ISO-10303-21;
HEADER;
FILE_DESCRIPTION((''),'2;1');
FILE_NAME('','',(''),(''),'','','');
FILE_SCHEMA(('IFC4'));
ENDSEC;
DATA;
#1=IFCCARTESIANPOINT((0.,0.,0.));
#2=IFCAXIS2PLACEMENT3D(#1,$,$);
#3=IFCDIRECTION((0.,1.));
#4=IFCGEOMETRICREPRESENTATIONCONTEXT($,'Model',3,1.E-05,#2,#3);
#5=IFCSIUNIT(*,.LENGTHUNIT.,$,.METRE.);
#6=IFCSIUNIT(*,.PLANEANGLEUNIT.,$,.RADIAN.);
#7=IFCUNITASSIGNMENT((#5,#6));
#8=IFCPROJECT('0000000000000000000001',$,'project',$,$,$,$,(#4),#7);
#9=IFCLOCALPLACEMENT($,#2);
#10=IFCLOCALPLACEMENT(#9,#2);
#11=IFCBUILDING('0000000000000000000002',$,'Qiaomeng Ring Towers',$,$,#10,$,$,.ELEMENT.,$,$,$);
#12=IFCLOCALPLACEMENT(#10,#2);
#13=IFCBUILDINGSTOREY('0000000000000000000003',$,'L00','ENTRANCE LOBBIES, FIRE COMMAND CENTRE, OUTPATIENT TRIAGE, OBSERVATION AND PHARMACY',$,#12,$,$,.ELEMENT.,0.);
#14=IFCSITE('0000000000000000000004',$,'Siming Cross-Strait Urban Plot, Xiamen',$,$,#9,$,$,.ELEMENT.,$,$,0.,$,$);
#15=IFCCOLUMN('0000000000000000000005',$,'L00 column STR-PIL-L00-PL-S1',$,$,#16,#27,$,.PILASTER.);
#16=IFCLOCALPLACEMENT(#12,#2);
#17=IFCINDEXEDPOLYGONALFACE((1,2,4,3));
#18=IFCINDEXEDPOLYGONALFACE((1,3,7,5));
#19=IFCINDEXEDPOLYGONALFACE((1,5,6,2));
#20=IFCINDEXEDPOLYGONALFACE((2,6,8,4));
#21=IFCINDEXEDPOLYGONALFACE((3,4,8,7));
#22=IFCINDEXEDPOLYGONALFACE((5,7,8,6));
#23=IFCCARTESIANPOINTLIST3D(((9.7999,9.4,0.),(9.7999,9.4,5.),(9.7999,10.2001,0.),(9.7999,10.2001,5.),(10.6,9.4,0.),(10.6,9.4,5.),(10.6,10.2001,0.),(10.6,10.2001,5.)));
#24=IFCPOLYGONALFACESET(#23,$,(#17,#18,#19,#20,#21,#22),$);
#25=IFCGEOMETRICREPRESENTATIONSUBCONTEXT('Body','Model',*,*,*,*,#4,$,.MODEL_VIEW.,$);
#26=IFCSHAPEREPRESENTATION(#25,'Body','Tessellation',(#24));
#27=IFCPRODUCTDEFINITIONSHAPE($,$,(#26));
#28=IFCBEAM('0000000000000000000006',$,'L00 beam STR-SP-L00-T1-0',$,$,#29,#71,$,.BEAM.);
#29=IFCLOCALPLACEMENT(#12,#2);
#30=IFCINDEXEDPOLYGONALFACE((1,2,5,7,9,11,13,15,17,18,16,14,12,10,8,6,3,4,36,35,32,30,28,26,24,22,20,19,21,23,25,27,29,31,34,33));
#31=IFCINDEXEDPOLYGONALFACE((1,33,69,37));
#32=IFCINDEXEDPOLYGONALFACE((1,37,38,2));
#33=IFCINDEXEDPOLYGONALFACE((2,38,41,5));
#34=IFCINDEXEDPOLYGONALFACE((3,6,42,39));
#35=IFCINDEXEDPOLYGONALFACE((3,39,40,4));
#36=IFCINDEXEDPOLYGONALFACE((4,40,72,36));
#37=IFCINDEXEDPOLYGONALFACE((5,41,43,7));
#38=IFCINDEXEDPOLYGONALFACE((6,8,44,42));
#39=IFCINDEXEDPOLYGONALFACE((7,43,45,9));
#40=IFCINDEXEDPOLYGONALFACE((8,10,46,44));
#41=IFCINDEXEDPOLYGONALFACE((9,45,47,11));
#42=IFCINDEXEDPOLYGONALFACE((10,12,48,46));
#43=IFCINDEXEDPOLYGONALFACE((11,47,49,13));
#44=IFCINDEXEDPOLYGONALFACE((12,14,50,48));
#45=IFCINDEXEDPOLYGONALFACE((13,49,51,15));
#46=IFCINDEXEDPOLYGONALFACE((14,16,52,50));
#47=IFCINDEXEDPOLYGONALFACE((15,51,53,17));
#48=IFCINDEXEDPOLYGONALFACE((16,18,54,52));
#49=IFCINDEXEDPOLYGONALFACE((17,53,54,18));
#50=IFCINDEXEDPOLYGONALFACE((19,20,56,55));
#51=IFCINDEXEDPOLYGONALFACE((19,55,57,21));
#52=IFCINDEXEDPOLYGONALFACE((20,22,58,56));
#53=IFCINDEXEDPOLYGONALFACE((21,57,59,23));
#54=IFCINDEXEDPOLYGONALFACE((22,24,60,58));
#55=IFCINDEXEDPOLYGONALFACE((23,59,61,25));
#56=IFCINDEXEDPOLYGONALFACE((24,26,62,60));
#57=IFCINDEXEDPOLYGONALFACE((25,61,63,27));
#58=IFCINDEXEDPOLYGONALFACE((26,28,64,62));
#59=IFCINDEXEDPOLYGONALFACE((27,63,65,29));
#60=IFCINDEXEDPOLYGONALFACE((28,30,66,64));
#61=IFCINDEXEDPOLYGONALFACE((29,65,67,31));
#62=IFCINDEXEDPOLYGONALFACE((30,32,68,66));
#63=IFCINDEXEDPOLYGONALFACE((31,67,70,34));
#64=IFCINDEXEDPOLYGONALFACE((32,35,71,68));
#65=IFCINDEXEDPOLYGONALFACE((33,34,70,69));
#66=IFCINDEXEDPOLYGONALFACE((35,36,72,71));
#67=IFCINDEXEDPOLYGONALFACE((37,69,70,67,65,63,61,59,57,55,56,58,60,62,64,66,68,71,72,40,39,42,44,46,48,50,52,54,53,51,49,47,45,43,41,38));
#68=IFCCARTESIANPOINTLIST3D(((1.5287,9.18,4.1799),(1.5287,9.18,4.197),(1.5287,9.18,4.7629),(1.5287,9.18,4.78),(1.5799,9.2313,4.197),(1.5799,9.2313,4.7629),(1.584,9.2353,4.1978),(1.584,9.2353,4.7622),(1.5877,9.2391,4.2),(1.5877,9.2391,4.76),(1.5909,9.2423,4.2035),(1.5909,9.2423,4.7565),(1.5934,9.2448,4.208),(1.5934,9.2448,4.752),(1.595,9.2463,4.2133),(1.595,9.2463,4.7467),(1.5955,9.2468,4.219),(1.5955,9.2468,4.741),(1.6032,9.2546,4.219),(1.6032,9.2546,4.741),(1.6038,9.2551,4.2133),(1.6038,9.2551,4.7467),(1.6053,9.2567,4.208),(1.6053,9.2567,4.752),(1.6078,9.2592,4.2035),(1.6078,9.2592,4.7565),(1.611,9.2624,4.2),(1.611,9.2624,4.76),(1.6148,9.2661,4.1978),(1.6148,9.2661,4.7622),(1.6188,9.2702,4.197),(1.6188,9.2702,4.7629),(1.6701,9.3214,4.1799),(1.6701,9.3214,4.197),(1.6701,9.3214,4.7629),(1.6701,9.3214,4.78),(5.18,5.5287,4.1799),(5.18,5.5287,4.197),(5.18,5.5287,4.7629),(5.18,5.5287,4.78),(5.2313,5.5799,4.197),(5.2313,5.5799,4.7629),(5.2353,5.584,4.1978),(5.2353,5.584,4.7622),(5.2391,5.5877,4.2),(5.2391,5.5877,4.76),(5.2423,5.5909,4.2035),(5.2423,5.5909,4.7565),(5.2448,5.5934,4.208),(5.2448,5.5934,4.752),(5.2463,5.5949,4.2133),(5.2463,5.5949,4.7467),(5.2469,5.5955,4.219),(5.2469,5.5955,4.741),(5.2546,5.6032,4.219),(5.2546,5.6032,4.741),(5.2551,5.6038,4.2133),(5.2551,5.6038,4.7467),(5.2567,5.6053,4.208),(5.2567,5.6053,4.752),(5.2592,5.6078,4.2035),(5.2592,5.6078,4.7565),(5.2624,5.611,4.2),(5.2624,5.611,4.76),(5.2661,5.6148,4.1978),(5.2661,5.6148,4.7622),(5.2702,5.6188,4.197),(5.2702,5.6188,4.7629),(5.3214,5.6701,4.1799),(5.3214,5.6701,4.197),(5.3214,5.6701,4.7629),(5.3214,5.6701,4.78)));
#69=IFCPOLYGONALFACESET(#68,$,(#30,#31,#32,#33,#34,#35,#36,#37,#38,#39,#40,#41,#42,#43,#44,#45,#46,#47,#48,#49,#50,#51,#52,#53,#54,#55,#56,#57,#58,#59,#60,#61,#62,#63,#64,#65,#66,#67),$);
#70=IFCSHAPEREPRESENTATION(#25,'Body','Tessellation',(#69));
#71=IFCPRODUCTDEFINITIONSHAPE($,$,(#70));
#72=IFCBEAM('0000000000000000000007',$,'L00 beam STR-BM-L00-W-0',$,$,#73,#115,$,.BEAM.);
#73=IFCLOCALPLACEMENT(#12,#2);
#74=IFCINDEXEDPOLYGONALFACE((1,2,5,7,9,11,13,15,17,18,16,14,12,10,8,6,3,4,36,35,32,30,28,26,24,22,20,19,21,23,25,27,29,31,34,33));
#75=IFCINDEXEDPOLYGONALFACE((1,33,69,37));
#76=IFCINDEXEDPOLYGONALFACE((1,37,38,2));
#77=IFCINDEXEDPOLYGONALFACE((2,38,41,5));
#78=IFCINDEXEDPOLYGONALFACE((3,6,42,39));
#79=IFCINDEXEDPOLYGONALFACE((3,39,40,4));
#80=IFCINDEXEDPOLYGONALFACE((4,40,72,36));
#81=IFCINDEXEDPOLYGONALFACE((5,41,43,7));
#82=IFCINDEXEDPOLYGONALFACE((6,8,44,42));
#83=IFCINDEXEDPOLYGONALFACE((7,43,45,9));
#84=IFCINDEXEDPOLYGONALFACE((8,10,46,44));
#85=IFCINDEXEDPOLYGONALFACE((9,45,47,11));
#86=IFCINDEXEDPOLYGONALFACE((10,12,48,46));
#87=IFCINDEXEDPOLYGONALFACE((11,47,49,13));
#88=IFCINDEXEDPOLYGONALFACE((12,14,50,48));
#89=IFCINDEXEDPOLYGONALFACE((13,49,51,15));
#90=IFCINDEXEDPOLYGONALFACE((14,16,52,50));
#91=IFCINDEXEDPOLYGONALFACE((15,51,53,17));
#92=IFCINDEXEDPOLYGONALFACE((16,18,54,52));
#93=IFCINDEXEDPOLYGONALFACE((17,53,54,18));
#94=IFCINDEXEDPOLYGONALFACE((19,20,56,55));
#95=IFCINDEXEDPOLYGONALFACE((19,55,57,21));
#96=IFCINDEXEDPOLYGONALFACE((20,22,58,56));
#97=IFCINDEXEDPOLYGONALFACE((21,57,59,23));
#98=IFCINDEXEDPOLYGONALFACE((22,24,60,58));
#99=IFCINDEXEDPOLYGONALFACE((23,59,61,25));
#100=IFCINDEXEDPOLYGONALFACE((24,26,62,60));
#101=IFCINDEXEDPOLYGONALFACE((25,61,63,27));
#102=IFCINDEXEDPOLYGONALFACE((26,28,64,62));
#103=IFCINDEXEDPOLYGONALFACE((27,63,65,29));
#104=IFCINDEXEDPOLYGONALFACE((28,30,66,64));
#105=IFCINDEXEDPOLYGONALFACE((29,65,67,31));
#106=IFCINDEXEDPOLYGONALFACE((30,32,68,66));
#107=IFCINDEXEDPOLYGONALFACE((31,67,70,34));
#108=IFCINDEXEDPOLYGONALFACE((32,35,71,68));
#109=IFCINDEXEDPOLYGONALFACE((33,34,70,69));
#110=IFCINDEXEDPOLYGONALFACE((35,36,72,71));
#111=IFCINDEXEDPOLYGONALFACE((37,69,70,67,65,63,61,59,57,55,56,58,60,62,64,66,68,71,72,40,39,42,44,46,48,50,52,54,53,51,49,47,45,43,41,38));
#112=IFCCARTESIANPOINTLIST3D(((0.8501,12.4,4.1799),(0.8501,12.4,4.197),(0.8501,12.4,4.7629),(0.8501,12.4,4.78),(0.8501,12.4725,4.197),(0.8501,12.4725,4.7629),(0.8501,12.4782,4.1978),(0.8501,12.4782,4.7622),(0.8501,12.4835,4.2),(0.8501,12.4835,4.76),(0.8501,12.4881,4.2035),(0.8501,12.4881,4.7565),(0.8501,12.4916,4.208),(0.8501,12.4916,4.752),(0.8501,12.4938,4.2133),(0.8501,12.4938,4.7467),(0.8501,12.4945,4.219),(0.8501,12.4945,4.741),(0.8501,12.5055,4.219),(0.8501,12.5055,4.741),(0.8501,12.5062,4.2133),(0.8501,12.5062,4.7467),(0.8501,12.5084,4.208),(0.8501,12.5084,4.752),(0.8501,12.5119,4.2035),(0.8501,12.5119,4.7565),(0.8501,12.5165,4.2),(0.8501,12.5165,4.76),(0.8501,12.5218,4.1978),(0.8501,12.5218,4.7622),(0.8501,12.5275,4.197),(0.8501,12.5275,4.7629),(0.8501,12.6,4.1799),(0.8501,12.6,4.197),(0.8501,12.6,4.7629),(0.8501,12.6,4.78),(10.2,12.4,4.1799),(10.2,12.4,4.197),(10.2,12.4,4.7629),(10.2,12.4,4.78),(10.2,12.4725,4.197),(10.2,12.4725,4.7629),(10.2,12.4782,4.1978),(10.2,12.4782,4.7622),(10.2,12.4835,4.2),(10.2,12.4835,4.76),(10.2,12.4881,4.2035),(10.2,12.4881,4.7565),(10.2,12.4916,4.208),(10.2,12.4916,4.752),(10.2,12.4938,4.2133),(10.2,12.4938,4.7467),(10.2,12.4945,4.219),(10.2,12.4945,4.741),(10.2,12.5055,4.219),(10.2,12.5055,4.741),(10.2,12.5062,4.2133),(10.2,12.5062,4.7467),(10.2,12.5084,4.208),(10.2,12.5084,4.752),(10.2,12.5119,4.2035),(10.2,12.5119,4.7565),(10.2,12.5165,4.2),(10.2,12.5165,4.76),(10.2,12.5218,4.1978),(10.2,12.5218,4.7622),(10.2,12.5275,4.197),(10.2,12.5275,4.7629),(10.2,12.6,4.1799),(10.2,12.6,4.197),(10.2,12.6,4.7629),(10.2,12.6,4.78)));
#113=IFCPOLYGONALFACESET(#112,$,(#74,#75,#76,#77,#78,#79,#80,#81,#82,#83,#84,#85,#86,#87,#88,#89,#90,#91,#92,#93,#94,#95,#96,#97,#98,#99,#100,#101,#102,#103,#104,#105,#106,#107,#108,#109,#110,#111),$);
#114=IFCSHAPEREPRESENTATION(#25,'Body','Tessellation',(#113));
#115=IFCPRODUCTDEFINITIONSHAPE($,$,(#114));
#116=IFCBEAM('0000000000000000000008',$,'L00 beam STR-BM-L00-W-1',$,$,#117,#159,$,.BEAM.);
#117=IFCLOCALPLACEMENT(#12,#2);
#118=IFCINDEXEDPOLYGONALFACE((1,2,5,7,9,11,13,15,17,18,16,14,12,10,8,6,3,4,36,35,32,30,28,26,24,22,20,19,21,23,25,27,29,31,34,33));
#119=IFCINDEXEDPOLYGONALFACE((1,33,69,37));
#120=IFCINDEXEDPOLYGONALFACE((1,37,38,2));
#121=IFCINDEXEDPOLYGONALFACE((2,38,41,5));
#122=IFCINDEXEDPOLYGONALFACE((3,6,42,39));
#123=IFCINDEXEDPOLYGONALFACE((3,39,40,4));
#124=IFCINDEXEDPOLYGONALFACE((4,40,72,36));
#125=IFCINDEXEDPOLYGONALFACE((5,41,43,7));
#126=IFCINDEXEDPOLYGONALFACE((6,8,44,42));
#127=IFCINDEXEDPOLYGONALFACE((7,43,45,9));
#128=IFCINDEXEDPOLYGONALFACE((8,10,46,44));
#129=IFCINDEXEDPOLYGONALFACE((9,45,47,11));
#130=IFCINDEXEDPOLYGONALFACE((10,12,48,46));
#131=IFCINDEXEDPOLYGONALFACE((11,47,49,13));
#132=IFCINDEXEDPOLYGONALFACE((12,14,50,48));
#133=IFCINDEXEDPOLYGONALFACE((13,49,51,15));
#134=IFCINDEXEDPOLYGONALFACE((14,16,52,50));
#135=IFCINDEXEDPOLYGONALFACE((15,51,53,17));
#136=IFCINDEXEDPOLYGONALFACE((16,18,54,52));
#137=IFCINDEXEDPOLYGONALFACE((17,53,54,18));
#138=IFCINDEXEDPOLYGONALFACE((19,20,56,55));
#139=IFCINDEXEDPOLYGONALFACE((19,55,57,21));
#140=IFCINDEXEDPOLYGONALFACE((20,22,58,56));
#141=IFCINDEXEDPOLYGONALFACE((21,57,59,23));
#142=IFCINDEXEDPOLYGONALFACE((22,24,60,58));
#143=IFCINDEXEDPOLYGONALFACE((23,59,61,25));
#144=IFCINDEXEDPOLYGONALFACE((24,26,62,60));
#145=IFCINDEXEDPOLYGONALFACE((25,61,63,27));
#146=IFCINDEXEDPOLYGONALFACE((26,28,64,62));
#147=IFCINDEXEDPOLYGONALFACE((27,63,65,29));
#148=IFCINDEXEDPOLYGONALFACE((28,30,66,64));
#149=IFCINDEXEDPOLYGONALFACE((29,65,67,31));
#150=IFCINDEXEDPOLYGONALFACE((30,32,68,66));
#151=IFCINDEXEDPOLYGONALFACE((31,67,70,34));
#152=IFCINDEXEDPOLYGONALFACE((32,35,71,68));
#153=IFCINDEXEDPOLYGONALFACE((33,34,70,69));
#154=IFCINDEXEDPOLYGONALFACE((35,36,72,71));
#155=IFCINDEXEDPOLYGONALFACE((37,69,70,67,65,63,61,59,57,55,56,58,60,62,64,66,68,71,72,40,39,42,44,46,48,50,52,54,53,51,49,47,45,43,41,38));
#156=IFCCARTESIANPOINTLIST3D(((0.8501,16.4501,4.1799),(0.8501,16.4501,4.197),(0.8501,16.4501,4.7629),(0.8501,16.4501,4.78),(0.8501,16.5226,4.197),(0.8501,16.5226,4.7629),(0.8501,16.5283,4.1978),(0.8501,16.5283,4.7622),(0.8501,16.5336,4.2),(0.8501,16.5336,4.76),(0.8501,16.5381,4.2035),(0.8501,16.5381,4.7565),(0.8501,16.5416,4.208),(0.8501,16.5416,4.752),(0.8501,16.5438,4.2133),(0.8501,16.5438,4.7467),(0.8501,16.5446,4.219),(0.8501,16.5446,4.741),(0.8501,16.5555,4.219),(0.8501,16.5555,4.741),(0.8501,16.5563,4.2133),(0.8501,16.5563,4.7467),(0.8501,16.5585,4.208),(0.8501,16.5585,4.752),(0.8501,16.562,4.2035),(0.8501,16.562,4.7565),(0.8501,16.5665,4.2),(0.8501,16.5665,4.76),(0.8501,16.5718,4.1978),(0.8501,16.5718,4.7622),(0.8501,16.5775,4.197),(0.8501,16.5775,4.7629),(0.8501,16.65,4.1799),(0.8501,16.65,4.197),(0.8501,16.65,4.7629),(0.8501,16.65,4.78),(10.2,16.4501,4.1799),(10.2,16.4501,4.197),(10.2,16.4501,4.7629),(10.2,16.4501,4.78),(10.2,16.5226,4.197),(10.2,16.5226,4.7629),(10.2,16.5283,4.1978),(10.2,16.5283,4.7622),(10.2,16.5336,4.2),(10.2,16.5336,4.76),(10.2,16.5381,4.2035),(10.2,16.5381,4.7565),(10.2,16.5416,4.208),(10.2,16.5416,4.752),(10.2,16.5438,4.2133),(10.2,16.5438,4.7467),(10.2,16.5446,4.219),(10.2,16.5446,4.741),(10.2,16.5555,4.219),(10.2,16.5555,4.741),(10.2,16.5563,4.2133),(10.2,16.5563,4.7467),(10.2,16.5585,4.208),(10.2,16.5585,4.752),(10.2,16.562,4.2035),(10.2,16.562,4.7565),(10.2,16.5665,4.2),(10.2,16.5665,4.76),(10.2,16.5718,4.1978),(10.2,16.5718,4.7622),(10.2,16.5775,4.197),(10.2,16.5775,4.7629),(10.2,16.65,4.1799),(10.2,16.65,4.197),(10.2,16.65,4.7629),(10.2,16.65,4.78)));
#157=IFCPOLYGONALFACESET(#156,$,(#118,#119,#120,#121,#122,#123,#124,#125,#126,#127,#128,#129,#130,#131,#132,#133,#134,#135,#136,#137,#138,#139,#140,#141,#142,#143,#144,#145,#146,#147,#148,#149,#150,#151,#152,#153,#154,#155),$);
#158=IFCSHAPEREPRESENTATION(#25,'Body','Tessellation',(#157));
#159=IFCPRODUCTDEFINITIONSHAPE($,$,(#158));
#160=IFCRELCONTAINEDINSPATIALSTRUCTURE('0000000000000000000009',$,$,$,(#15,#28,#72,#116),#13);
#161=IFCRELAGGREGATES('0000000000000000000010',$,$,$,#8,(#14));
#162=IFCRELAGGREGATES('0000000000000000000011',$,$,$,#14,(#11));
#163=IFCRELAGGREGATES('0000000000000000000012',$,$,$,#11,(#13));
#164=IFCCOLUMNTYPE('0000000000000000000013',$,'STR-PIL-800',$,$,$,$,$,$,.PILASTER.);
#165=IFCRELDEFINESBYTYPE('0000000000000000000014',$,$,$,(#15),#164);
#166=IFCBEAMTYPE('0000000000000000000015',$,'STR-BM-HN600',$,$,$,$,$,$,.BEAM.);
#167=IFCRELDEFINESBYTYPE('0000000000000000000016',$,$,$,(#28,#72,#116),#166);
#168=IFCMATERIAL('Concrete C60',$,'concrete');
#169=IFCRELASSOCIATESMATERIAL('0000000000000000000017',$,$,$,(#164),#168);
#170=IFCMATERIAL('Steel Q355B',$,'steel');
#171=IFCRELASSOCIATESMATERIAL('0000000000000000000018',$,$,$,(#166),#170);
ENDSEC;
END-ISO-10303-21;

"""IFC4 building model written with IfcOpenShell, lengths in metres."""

from ifc_helpers import new_model, si_unit, direction, frame, origin, origin_2d, place, context, subcontext, project, spatial, rectangle, i_section, extrude, source, transform, mapped, material, material_profile, profile_set, type_object, element, save


model = new_model("IFC4")

# Units and contexts
model_context = context("Model", 3, precision=1e-05, world=origin(), true_north=direction((0.0, 1.0)))
body_context = subcontext(model_context, "Body", "Model", "MODEL_VIEW")
ifc_project = project(units=[si_unit("LENGTHUNIT", "METRE"), si_unit("PLANEANGLEUNIT", "RADIAN")], contexts=[model_context])

# Site, building, storey
site_placement = place(None, origin())
site = spatial("IfcSite", under=ifc_project, at=site_placement, Name="Siming Cross-Strait Urban Plot, Xiamen", CompositionType="ELEMENT", RefElevation=0.0)
building_placement = place(site_placement, origin())
building = spatial("IfcBuilding", under=site, at=building_placement, Name="Qiaomeng Ring Towers", CompositionType="ELEMENT")
storey_placement = place(building_placement, origin())
storey = spatial("IfcBuildingStorey", under=building, at=storey_placement, Name="L00", Description="ENTRANCE LOBBIES, FIRE COMMAND CENTRE, OUTPATIENT TRIAGE, OBSERVATION AND PHARMACY", CompositionType="ELEMENT", Elevation=0.0)

# Column
ifc_material_1 = material(Name="Concrete C60", Category="concrete")
ifc_material_profile_1 = material_profile(ifc_material_1, rectangle(XDim=0.8, YDim=0.8, at=origin_2d()), Name="RC COL 800x800")
ifc_profile_set_1 = profile_set([ifc_material_profile_1], Name="Concrete C60")
column_type = type_object("IfcColumnType", Name="STR-PIL-800", PredefinedType="PILASTER", material=ifc_profile_set_1)
shared_shape_1 = source(origin(), body_context, "Body", "SweptSolid", [
    extrude(rectangle(XDim=0.8, YDim=0.8, at=origin_2d()), origin(), (0.0, 0.0, 1.0), 5.0),
])
column_placement = place(storey_placement, frame((10.2, 9.8, 0.0), z_axis=(0.0, 0.0, 1.0), x_axis=(1.0, 0.0, 0.0)))
element("IfcColumn", 1, at=column_placement, inside=storey, type_object=column_type, Name="L00 column STR-PIL-L00-PL-S1", PredefinedType="PILASTER", context=body_context, shape_type="MappedRepresentation", body=[
    mapped(shared_shape_1, transform((0.0, 0.0, 0.0), x_axis=(1.0, 0.0, 0.0), y_axis=(0.0, 1.0, 0.0), z_axis=(0.0, 0.0, 1.0), scale=1.0)),
])

# Beams
ifc_material_2 = material(Name="Steel Q355B", Category="steel")
ifc_material_profile_2 = material_profile(ifc_material_2, i_section(OverallWidth=0.2, OverallDepth=0.6001, WebThickness=0.011, FlangeThickness=0.0171, FilletRadius=0.022, at=origin_2d()), Name="HN 600x200x11x17")
ifc_profile_set_2 = profile_set([ifc_material_profile_2], Name="Steel Q355B")
beam_type = type_object("IfcBeamType", Name="STR-BM-HN600", PredefinedType="BEAM", material=ifc_profile_set_2)
shared_shape_2 = source(origin(), body_context, "Body", "SweptSolid", [
    extrude(i_section(OverallWidth=0.2, OverallDepth=0.6001, WebThickness=0.011, FlangeThickness=0.0171, FilletRadius=0.022, at=origin_2d()), origin(), (0.0, 0.0, 1.0), 5.1638),
])
beam_placement = place(storey_placement, frame((1.5994, 9.2507, 4.48), z_axis=(0.707107, -0.707107, 0.0), x_axis=(0.707107, 0.707107, 0.0)))
element("IfcBeam", 2, at=beam_placement, inside=storey, type_object=beam_type, Name="L00 beam STR-SP-L00-T1-0", PredefinedType="BEAM", context=body_context, shape_type="MappedRepresentation", body=[
    mapped(shared_shape_2, transform((0.0, 0.0, 0.0), x_axis=(1.0, 0.0, 0.0), y_axis=(0.0, 1.0, 0.0), z_axis=(0.0, 0.0, 1.0), scale=1.0)),
])
shared_shape_3 = source(origin(), body_context, "Body", "SweptSolid", [
    extrude(i_section(OverallWidth=0.2, OverallDepth=0.6001, WebThickness=0.011, FlangeThickness=0.0171, FilletRadius=0.022, at=origin_2d()), origin(), (0.0, 0.0, 1.0), 9.3499),
])
for number, where, z_axis, x_axis, name in (
    (3, (0.8501, 12.5, 4.48), (1.0, 0.0, 0.0), (0.0, 1.0, 0.0), "L00 beam STR-BM-L00-W-0"),
    (4, (0.8501, 16.55, 4.48), (1.0, 0.0, 0.0), (0.0, 1.0, 0.0), "L00 beam STR-BM-L00-W-1"),
):
    element("IfcBeam", number, at=place(storey_placement, frame(where, z_axis=z_axis, x_axis=x_axis)), inside=storey, type_object=beam_type, Name=name, PredefinedType="BEAM", context=body_context, shape_type="MappedRepresentation", body=[
        mapped(shared_shape_3, transform((0.0, 0.0, 0.0), x_axis=(1.0, 0.0, 0.0), y_axis=(0.0, 1.0, 0.0), z_axis=(0.0, 0.0, 1.0), scale=1.0)),
    ])

save(model, "model.ifc")
